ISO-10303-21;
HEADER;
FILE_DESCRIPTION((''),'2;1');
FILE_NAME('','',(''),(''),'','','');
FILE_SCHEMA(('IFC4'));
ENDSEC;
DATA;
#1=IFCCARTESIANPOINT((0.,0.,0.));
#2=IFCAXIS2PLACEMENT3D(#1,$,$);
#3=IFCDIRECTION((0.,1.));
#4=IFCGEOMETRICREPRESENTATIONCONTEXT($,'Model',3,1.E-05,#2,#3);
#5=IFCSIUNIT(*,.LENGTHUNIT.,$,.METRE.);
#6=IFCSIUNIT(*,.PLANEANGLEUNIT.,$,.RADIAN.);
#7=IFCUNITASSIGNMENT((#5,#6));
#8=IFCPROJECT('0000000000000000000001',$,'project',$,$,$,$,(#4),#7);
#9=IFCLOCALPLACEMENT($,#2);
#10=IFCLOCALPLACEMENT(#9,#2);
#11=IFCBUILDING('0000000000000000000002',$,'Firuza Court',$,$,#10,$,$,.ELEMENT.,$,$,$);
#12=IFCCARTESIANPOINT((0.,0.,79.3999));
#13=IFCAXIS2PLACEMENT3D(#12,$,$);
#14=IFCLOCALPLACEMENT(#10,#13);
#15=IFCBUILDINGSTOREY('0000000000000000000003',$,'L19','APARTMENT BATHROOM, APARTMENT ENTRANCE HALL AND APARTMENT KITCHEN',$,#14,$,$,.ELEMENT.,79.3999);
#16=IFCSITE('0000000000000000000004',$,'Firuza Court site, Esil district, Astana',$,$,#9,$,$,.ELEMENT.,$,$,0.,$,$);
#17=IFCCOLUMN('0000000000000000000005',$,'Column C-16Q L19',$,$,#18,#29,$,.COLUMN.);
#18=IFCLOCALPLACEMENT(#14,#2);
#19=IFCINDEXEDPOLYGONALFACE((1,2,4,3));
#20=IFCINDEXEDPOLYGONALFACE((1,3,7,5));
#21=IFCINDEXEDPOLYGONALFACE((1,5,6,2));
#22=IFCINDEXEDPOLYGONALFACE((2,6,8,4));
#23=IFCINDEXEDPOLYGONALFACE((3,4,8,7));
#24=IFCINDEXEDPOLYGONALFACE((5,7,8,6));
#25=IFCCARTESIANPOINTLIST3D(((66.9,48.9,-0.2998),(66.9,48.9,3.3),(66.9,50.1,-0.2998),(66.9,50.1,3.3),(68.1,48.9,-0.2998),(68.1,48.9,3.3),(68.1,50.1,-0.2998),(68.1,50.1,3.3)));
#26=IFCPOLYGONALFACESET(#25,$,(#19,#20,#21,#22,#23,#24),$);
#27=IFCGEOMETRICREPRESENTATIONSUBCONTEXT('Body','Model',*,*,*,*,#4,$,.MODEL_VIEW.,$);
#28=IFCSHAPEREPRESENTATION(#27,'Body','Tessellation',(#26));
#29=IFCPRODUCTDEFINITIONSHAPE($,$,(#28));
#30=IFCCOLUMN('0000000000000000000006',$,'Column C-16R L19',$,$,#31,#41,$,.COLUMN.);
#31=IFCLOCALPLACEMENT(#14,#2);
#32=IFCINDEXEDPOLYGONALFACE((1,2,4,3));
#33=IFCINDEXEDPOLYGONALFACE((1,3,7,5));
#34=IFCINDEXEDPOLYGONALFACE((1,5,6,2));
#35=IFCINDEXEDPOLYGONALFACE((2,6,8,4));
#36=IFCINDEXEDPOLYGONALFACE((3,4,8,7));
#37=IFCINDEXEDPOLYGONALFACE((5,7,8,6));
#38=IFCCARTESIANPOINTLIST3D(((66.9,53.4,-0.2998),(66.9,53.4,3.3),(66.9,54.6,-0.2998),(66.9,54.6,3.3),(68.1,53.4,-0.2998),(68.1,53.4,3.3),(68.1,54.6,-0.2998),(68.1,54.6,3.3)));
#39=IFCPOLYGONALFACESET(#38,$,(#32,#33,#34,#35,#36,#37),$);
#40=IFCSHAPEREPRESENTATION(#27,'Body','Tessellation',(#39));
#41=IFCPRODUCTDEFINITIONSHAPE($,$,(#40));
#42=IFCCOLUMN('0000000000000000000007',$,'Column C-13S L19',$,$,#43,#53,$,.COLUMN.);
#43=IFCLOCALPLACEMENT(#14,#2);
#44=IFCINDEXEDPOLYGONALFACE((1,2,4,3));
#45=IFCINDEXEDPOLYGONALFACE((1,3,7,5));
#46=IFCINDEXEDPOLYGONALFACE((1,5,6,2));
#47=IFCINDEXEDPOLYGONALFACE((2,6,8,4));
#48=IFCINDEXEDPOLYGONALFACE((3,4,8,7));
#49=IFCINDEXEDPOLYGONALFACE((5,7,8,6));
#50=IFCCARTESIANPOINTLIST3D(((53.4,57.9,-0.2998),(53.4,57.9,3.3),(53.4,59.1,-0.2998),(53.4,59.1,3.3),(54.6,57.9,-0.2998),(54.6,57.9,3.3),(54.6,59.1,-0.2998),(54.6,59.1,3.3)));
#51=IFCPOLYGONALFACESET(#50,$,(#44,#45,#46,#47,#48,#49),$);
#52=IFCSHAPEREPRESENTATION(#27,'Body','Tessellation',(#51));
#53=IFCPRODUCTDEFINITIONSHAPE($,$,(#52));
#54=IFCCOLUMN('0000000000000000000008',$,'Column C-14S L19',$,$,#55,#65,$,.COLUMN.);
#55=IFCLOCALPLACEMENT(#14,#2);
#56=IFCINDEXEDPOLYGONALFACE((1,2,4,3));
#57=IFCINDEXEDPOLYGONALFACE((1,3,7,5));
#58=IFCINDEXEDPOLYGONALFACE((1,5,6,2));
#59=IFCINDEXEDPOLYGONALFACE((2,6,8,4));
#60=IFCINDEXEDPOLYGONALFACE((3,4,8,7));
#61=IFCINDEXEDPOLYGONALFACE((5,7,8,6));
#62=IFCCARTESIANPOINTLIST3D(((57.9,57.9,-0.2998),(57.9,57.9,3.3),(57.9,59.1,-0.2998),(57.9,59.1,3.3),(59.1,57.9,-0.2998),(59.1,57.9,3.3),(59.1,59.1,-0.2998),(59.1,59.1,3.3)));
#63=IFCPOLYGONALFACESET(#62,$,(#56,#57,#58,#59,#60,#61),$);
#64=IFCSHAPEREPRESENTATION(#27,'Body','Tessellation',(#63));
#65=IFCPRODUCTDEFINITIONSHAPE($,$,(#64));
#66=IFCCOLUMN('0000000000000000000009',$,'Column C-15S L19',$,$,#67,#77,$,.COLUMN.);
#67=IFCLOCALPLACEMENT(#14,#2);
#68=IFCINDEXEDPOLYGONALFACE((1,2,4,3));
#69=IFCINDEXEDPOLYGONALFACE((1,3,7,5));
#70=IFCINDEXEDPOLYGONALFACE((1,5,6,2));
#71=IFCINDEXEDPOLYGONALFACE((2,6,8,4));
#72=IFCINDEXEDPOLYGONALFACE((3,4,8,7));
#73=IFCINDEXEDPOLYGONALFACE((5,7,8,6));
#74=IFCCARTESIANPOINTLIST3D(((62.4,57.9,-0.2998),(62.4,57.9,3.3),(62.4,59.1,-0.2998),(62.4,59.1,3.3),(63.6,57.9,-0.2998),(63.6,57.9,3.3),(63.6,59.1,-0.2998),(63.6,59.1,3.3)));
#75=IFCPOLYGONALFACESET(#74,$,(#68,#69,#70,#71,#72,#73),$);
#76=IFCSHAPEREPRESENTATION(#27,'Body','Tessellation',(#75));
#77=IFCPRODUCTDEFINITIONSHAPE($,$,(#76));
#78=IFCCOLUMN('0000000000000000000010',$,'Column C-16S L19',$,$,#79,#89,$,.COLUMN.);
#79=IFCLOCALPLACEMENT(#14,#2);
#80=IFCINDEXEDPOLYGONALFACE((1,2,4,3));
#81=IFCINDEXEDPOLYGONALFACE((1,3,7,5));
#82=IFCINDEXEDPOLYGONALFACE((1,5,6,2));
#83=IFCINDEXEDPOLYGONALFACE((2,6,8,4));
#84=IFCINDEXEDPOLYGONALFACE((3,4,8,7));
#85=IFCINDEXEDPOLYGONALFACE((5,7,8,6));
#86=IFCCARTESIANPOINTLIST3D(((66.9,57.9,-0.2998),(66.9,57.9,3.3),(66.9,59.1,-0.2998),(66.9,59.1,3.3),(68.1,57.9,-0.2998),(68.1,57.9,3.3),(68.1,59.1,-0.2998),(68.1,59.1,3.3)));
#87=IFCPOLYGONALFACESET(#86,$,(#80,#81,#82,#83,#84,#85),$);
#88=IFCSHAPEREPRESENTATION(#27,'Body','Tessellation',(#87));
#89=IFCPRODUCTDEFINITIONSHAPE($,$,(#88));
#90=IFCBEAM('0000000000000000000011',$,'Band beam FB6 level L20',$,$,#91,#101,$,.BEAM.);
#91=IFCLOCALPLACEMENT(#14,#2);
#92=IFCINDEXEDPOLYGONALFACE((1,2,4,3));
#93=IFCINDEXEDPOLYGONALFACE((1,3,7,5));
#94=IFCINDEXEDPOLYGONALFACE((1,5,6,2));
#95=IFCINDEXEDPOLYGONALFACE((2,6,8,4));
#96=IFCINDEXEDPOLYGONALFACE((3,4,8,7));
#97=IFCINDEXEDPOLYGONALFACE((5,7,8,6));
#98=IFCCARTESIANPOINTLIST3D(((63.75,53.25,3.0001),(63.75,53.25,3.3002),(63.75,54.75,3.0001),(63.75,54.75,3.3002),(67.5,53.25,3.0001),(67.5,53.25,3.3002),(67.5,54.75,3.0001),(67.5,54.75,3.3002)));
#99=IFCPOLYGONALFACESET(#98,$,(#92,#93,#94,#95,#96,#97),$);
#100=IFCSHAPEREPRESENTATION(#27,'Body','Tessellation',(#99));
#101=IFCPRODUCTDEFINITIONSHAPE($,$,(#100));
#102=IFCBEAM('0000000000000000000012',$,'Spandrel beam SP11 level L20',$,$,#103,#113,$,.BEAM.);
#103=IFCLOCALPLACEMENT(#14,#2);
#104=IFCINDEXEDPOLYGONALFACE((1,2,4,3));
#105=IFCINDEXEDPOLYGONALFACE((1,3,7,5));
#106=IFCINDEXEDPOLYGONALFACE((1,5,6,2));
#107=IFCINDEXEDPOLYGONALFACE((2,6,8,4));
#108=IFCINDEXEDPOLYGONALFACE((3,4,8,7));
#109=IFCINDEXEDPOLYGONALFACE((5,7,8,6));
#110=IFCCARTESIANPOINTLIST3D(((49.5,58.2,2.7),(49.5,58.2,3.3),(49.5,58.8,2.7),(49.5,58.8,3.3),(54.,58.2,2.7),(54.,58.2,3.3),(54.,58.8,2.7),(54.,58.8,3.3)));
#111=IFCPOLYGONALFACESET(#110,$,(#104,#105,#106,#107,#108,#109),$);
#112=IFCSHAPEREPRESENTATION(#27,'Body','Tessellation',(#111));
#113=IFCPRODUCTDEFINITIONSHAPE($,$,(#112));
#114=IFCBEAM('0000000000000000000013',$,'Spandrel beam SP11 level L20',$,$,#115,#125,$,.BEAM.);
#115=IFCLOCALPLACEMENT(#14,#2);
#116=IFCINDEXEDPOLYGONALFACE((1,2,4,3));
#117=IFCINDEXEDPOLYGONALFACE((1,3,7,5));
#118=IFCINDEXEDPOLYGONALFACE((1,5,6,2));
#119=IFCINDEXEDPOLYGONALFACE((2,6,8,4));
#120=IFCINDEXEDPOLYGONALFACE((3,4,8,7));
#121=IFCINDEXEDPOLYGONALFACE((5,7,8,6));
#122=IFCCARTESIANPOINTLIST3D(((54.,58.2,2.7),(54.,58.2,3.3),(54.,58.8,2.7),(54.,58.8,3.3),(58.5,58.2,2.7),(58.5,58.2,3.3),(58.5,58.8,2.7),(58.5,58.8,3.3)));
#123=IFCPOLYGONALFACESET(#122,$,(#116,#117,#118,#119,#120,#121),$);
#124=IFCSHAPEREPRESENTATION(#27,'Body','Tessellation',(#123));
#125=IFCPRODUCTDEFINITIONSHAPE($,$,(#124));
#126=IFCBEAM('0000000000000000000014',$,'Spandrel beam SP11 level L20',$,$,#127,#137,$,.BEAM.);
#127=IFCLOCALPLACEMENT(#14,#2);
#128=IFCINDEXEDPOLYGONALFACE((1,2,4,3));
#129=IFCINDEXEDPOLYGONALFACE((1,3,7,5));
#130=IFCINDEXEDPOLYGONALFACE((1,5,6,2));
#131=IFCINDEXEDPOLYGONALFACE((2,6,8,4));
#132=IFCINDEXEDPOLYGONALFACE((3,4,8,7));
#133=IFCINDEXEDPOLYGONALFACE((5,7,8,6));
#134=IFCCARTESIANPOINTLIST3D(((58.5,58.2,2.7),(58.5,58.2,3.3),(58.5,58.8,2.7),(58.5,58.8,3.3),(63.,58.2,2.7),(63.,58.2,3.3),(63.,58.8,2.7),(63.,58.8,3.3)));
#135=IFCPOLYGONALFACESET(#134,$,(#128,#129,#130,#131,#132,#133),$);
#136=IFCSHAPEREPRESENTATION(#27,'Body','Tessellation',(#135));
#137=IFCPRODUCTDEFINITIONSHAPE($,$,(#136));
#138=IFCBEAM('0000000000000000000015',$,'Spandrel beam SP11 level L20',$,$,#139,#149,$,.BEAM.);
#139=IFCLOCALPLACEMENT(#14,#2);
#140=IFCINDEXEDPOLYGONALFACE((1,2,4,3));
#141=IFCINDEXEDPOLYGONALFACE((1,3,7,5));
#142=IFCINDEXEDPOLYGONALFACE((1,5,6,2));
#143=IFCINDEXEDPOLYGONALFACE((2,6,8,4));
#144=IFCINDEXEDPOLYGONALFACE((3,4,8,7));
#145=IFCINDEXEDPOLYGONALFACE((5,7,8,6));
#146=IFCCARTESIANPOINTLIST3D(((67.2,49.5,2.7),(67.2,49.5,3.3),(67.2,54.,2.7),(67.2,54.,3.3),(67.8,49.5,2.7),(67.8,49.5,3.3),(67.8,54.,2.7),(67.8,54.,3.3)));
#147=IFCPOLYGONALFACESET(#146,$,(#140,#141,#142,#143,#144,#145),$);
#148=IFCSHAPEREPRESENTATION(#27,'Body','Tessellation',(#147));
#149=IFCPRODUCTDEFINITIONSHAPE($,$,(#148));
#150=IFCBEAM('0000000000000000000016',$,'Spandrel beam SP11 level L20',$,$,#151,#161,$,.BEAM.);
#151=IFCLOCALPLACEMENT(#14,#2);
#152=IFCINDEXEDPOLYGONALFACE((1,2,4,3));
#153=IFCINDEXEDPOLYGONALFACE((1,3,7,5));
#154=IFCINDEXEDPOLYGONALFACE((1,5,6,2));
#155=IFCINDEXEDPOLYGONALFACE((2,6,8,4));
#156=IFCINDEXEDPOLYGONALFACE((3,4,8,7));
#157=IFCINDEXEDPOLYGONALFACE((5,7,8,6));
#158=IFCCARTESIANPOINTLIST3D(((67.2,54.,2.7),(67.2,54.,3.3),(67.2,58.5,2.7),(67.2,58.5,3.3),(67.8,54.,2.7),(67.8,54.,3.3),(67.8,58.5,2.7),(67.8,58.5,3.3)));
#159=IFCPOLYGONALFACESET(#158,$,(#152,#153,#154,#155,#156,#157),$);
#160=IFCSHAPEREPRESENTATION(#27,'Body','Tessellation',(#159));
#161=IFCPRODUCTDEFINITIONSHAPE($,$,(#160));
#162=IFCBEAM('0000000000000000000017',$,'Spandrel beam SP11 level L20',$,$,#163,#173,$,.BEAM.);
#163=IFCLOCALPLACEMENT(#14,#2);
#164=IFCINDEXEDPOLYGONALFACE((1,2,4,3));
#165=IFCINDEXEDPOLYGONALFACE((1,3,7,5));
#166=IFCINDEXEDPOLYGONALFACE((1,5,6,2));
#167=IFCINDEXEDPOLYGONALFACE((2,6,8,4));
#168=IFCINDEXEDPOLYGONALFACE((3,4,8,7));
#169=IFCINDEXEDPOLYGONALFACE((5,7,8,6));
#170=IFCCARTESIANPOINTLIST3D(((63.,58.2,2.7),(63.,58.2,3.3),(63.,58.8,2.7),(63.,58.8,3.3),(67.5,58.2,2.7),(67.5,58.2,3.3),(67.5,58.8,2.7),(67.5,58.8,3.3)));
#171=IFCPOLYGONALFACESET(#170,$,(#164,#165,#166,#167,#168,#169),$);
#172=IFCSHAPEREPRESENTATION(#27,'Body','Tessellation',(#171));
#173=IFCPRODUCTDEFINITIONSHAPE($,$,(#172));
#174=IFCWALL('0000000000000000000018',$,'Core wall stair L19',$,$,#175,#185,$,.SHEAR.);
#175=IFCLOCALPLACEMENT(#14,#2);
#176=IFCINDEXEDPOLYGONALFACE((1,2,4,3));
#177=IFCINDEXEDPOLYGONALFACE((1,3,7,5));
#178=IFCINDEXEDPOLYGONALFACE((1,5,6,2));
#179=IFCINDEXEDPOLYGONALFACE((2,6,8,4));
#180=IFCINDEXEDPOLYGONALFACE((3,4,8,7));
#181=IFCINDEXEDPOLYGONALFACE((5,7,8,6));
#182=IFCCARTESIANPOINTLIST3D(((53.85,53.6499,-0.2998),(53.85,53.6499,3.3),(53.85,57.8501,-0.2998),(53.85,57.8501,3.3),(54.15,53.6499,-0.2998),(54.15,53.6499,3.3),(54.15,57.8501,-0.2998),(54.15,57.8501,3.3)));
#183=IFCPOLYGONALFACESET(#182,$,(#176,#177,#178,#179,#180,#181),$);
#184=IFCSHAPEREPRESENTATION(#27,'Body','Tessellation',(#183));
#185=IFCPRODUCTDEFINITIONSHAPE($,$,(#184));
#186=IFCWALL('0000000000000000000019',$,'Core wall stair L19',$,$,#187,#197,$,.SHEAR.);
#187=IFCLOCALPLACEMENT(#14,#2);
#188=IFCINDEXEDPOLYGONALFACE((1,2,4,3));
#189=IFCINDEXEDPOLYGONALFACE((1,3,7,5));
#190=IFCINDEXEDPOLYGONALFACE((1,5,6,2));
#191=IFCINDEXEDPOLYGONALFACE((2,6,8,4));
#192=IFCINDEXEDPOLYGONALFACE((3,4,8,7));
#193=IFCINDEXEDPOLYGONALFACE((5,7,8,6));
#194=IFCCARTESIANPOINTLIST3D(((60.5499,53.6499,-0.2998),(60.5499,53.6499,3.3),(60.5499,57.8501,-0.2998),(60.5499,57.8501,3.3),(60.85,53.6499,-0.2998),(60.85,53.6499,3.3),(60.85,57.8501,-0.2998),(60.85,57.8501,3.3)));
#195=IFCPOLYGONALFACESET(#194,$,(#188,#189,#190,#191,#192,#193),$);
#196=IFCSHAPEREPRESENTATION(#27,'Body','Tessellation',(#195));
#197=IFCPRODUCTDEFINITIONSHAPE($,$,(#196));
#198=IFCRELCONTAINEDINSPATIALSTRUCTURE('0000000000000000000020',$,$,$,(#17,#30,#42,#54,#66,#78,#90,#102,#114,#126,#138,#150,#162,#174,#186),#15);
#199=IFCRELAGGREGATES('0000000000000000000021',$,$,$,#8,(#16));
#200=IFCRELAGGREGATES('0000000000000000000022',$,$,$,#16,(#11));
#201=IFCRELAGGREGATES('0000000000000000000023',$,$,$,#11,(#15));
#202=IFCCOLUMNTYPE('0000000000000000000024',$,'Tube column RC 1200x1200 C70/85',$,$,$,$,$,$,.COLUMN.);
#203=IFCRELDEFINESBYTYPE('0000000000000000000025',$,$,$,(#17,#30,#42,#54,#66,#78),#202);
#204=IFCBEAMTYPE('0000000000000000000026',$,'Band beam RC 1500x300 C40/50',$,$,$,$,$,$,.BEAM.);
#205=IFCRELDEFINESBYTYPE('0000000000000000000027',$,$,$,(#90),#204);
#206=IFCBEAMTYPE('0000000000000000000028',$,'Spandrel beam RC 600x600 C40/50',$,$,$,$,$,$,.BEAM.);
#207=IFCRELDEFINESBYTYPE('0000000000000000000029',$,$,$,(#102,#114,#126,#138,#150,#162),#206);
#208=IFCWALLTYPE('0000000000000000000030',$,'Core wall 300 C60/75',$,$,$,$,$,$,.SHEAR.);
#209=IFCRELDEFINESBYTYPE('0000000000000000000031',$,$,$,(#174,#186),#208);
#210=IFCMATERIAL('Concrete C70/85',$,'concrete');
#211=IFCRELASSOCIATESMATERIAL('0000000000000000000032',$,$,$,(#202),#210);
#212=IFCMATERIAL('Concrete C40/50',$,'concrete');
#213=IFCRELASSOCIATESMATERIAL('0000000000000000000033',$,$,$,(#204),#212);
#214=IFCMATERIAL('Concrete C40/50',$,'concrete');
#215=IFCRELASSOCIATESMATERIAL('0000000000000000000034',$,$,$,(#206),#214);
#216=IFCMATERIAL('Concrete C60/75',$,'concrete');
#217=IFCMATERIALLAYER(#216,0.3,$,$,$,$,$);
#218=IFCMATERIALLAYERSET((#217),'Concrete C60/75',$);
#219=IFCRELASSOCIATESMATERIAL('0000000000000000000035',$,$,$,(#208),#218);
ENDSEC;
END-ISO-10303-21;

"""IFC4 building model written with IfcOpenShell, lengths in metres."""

from ifc_helpers import new_model, si_unit, direction, frame, frame_2d, origin, origin_2d, place, context, subcontext, project, spatial, rectangle, extrude, material, layer, layer_set, material_profile, profile_set, type_object, element, save


model = new_model("IFC4")

# Units and contexts
model_context = context("Model", 3, precision=1e-05, world=origin(), true_north=direction((0.0, 1.0)))
body_context = subcontext(model_context, "Body", "Model", "MODEL_VIEW")
ifc_project = project(units=[si_unit("LENGTHUNIT", "METRE"), si_unit("PLANEANGLEUNIT", "RADIAN")], contexts=[model_context])

# Site, building, storey
site_placement = place(None, origin())
site = spatial("IfcSite", under=ifc_project, at=site_placement, Name="Firuza Court site, Esil district, Astana", CompositionType="ELEMENT", RefElevation=0.0)
building_placement = place(site_placement, origin())
building = spatial("IfcBuilding", under=site, at=building_placement, Name="Firuza Court", CompositionType="ELEMENT")
storey_placement = place(building_placement, frame((0.0, 0.0, 79.3999)))
storey = spatial("IfcBuildingStorey", under=building, at=storey_placement, Name="L19", Description="APARTMENT BATHROOM, APARTMENT ENTRANCE HALL AND APARTMENT KITCHEN", CompositionType="ELEMENT", Elevation=79.3999)

# Columns
ifc_material_1 = material(Name="Concrete C70/85", Category="concrete")
ifc_material_profile_1 = material_profile(ifc_material_1, rectangle(XDim=1.2, YDim=1.2, at=origin_2d()), Name="RC 1200x1200")
ifc_profile_set_1 = profile_set([ifc_material_profile_1], Name="Concrete C70/85")
column_type = type_object("IfcColumnType", Name="Tube column RC 1200x1200 C70/85", PredefinedType="COLUMN", material=ifc_profile_set_1)
for number, where, z_axis, x_axis, name in (
    (1, (67.5, 49.5, -0.2998), (0.0, 0.0, 1.0), (1.0, 0.0, 0.0), "Column C-16Q L19"),
    (2, (67.5, 54.0, -0.2998), (0.0, 0.0, 1.0), (1.0, 0.0, 0.0), "Column C-16R L19"),
    (3, (54.0, 58.5, -0.2998), (0.0, 0.0, 1.0), (1.0, 0.0, 0.0), "Column C-13S L19"),
    (4, (58.5, 58.5, -0.2998), (0.0, 0.0, 1.0), (1.0, 0.0, 0.0), "Column C-14S L19"),
    (5, (63.0, 58.5, -0.2998), (0.0, 0.0, 1.0), (1.0, 0.0, 0.0), "Column C-15S L19"),
    (6, (67.5, 58.5, -0.2998), (0.0, 0.0, 1.0), (1.0, 0.0, 0.0), "Column C-16S L19"),
):
    element("IfcColumn", number, at=place(storey_placement, frame(where, z_axis=z_axis, x_axis=x_axis)), inside=storey, type_object=column_type, Name=name, PredefinedType="COLUMN", context=body_context, shape_type="SweptSolid", body=[
        extrude(rectangle(XDim=1.2, YDim=1.2, at=origin_2d()), origin(), (0.0, 0.0, 1.0), 3.5999),
    ])

# Beams
ifc_material_2 = material(Name="Concrete C40/50", Category="concrete")
ifc_material_profile_2 = material_profile(ifc_material_2, rectangle(XDim=1.5, YDim=0.3, at=origin_2d()), Name="RC 1500x300")
ifc_profile_set_2 = profile_set([ifc_material_profile_2], Name="Concrete C40/50")
beam_type_1 = type_object("IfcBeamType", Name="Band beam RC 1500x300 C40/50", PredefinedType="BEAM", material=ifc_profile_set_2)
beam_placement = place(storey_placement, frame((67.5, 54.0, 3.1501), z_axis=(-1.0, 0.0, 0.0), x_axis=(0.0, -1.0, 0.0)))
element("IfcBeam", 7, at=beam_placement, inside=storey, type_object=beam_type_1, Name="Band beam FB6 level L20", PredefinedType="BEAM", context=body_context, shape_type="SweptSolid", body=[
    extrude(rectangle(XDim=1.5, YDim=0.3, at=origin_2d()), origin(), (0.0, 0.0, 1.0), 3.75),
])
ifc_material_3 = material(Name="Concrete C40/50", Category="concrete")
ifc_material_profile_3 = material_profile(ifc_material_3, rectangle(XDim=0.6001, YDim=0.6001, at=origin_2d()), Name="RC 600x600")
ifc_profile_set_3 = profile_set([ifc_material_profile_3], Name="Concrete C40/50")
beam_type_2 = type_object("IfcBeamType", Name="Spandrel beam RC 600x600 C40/50", PredefinedType="BEAM", material=ifc_profile_set_3)
for number, where, z_axis, x_axis, name in (
    (8, (54.0, 58.5, 3.0), (-1.0, 0.0, 0.0), (0.0, -1.0, 0.0), "Spandrel beam SP11 level L20"),
    (9, (58.5, 58.5, 3.0), (-1.0, 0.0, 0.0), (0.0, -1.0, 0.0), "Spandrel beam SP11 level L20"),
    (10, (63.0, 58.5, 3.0), (-1.0, 0.0, 0.0), (0.0, -1.0, 0.0), "Spandrel beam SP11 level L20"),
    (11, (67.5, 49.5, 3.0), (0.0, 1.0, 0.0), (-1.0, 0.0, 0.0), "Spandrel beam SP11 level L20"),
    (12, (67.5, 54.0, 3.0), (0.0, 1.0, 0.0), (-1.0, 0.0, 0.0), "Spandrel beam SP11 level L20"),
    (13, (67.5, 58.5, 3.0), (-1.0, 0.0, 0.0), (0.0, -1.0, 0.0), "Spandrel beam SP11 level L20"),
):
    element("IfcBeam", number, at=place(storey_placement, frame(where, z_axis=z_axis, x_axis=x_axis)), inside=storey, type_object=beam_type_2, Name=name, PredefinedType="BEAM", context=body_context, shape_type="SweptSolid", body=[
        extrude(rectangle(XDim=0.6001, YDim=0.6001, at=origin_2d()), origin(), (0.0, 0.0, 1.0), 4.5),
    ])

# Walls
ifc_material_4 = material(Name="Concrete C60/75", Category="concrete")
ifc_layer_1 = layer(ifc_material_4, 0.3)
ifc_layer_set_1 = layer_set([ifc_layer_1], Name="Concrete C60/75")
wall_type_1 = type_object("IfcWallType", Name="Core wall 300 C60/75", PredefinedType="SHEAR", material=ifc_layer_set_1)
for number, where, z_axis, x_axis, name in (
    (14, (54.0, 53.6499, -0.2998), (0.0, 0.0, 1.0), (0.0, 1.0, 0.0), "Core wall stair L19"),
    (15, (60.7, 53.6499, -0.2998), (0.0, 0.0, 1.0), (0.0, 1.0, 0.0), "Core wall stair L19"),
):
    element("IfcWall", number, at=place(storey_placement, frame(where, z_axis=z_axis, x_axis=x_axis)), inside=storey, type_object=wall_type_1, Name=name, PredefinedType="SHEAR", context=body_context, shape_type="SweptSolid", body=[
        extrude(rectangle(XDim=4.2002, YDim=0.3, at=frame_2d((2.1001, 0.0))), origin(), (0.0, 0.0, 1.0), 3.5999),
    ])

save(model, "model.ifc")
